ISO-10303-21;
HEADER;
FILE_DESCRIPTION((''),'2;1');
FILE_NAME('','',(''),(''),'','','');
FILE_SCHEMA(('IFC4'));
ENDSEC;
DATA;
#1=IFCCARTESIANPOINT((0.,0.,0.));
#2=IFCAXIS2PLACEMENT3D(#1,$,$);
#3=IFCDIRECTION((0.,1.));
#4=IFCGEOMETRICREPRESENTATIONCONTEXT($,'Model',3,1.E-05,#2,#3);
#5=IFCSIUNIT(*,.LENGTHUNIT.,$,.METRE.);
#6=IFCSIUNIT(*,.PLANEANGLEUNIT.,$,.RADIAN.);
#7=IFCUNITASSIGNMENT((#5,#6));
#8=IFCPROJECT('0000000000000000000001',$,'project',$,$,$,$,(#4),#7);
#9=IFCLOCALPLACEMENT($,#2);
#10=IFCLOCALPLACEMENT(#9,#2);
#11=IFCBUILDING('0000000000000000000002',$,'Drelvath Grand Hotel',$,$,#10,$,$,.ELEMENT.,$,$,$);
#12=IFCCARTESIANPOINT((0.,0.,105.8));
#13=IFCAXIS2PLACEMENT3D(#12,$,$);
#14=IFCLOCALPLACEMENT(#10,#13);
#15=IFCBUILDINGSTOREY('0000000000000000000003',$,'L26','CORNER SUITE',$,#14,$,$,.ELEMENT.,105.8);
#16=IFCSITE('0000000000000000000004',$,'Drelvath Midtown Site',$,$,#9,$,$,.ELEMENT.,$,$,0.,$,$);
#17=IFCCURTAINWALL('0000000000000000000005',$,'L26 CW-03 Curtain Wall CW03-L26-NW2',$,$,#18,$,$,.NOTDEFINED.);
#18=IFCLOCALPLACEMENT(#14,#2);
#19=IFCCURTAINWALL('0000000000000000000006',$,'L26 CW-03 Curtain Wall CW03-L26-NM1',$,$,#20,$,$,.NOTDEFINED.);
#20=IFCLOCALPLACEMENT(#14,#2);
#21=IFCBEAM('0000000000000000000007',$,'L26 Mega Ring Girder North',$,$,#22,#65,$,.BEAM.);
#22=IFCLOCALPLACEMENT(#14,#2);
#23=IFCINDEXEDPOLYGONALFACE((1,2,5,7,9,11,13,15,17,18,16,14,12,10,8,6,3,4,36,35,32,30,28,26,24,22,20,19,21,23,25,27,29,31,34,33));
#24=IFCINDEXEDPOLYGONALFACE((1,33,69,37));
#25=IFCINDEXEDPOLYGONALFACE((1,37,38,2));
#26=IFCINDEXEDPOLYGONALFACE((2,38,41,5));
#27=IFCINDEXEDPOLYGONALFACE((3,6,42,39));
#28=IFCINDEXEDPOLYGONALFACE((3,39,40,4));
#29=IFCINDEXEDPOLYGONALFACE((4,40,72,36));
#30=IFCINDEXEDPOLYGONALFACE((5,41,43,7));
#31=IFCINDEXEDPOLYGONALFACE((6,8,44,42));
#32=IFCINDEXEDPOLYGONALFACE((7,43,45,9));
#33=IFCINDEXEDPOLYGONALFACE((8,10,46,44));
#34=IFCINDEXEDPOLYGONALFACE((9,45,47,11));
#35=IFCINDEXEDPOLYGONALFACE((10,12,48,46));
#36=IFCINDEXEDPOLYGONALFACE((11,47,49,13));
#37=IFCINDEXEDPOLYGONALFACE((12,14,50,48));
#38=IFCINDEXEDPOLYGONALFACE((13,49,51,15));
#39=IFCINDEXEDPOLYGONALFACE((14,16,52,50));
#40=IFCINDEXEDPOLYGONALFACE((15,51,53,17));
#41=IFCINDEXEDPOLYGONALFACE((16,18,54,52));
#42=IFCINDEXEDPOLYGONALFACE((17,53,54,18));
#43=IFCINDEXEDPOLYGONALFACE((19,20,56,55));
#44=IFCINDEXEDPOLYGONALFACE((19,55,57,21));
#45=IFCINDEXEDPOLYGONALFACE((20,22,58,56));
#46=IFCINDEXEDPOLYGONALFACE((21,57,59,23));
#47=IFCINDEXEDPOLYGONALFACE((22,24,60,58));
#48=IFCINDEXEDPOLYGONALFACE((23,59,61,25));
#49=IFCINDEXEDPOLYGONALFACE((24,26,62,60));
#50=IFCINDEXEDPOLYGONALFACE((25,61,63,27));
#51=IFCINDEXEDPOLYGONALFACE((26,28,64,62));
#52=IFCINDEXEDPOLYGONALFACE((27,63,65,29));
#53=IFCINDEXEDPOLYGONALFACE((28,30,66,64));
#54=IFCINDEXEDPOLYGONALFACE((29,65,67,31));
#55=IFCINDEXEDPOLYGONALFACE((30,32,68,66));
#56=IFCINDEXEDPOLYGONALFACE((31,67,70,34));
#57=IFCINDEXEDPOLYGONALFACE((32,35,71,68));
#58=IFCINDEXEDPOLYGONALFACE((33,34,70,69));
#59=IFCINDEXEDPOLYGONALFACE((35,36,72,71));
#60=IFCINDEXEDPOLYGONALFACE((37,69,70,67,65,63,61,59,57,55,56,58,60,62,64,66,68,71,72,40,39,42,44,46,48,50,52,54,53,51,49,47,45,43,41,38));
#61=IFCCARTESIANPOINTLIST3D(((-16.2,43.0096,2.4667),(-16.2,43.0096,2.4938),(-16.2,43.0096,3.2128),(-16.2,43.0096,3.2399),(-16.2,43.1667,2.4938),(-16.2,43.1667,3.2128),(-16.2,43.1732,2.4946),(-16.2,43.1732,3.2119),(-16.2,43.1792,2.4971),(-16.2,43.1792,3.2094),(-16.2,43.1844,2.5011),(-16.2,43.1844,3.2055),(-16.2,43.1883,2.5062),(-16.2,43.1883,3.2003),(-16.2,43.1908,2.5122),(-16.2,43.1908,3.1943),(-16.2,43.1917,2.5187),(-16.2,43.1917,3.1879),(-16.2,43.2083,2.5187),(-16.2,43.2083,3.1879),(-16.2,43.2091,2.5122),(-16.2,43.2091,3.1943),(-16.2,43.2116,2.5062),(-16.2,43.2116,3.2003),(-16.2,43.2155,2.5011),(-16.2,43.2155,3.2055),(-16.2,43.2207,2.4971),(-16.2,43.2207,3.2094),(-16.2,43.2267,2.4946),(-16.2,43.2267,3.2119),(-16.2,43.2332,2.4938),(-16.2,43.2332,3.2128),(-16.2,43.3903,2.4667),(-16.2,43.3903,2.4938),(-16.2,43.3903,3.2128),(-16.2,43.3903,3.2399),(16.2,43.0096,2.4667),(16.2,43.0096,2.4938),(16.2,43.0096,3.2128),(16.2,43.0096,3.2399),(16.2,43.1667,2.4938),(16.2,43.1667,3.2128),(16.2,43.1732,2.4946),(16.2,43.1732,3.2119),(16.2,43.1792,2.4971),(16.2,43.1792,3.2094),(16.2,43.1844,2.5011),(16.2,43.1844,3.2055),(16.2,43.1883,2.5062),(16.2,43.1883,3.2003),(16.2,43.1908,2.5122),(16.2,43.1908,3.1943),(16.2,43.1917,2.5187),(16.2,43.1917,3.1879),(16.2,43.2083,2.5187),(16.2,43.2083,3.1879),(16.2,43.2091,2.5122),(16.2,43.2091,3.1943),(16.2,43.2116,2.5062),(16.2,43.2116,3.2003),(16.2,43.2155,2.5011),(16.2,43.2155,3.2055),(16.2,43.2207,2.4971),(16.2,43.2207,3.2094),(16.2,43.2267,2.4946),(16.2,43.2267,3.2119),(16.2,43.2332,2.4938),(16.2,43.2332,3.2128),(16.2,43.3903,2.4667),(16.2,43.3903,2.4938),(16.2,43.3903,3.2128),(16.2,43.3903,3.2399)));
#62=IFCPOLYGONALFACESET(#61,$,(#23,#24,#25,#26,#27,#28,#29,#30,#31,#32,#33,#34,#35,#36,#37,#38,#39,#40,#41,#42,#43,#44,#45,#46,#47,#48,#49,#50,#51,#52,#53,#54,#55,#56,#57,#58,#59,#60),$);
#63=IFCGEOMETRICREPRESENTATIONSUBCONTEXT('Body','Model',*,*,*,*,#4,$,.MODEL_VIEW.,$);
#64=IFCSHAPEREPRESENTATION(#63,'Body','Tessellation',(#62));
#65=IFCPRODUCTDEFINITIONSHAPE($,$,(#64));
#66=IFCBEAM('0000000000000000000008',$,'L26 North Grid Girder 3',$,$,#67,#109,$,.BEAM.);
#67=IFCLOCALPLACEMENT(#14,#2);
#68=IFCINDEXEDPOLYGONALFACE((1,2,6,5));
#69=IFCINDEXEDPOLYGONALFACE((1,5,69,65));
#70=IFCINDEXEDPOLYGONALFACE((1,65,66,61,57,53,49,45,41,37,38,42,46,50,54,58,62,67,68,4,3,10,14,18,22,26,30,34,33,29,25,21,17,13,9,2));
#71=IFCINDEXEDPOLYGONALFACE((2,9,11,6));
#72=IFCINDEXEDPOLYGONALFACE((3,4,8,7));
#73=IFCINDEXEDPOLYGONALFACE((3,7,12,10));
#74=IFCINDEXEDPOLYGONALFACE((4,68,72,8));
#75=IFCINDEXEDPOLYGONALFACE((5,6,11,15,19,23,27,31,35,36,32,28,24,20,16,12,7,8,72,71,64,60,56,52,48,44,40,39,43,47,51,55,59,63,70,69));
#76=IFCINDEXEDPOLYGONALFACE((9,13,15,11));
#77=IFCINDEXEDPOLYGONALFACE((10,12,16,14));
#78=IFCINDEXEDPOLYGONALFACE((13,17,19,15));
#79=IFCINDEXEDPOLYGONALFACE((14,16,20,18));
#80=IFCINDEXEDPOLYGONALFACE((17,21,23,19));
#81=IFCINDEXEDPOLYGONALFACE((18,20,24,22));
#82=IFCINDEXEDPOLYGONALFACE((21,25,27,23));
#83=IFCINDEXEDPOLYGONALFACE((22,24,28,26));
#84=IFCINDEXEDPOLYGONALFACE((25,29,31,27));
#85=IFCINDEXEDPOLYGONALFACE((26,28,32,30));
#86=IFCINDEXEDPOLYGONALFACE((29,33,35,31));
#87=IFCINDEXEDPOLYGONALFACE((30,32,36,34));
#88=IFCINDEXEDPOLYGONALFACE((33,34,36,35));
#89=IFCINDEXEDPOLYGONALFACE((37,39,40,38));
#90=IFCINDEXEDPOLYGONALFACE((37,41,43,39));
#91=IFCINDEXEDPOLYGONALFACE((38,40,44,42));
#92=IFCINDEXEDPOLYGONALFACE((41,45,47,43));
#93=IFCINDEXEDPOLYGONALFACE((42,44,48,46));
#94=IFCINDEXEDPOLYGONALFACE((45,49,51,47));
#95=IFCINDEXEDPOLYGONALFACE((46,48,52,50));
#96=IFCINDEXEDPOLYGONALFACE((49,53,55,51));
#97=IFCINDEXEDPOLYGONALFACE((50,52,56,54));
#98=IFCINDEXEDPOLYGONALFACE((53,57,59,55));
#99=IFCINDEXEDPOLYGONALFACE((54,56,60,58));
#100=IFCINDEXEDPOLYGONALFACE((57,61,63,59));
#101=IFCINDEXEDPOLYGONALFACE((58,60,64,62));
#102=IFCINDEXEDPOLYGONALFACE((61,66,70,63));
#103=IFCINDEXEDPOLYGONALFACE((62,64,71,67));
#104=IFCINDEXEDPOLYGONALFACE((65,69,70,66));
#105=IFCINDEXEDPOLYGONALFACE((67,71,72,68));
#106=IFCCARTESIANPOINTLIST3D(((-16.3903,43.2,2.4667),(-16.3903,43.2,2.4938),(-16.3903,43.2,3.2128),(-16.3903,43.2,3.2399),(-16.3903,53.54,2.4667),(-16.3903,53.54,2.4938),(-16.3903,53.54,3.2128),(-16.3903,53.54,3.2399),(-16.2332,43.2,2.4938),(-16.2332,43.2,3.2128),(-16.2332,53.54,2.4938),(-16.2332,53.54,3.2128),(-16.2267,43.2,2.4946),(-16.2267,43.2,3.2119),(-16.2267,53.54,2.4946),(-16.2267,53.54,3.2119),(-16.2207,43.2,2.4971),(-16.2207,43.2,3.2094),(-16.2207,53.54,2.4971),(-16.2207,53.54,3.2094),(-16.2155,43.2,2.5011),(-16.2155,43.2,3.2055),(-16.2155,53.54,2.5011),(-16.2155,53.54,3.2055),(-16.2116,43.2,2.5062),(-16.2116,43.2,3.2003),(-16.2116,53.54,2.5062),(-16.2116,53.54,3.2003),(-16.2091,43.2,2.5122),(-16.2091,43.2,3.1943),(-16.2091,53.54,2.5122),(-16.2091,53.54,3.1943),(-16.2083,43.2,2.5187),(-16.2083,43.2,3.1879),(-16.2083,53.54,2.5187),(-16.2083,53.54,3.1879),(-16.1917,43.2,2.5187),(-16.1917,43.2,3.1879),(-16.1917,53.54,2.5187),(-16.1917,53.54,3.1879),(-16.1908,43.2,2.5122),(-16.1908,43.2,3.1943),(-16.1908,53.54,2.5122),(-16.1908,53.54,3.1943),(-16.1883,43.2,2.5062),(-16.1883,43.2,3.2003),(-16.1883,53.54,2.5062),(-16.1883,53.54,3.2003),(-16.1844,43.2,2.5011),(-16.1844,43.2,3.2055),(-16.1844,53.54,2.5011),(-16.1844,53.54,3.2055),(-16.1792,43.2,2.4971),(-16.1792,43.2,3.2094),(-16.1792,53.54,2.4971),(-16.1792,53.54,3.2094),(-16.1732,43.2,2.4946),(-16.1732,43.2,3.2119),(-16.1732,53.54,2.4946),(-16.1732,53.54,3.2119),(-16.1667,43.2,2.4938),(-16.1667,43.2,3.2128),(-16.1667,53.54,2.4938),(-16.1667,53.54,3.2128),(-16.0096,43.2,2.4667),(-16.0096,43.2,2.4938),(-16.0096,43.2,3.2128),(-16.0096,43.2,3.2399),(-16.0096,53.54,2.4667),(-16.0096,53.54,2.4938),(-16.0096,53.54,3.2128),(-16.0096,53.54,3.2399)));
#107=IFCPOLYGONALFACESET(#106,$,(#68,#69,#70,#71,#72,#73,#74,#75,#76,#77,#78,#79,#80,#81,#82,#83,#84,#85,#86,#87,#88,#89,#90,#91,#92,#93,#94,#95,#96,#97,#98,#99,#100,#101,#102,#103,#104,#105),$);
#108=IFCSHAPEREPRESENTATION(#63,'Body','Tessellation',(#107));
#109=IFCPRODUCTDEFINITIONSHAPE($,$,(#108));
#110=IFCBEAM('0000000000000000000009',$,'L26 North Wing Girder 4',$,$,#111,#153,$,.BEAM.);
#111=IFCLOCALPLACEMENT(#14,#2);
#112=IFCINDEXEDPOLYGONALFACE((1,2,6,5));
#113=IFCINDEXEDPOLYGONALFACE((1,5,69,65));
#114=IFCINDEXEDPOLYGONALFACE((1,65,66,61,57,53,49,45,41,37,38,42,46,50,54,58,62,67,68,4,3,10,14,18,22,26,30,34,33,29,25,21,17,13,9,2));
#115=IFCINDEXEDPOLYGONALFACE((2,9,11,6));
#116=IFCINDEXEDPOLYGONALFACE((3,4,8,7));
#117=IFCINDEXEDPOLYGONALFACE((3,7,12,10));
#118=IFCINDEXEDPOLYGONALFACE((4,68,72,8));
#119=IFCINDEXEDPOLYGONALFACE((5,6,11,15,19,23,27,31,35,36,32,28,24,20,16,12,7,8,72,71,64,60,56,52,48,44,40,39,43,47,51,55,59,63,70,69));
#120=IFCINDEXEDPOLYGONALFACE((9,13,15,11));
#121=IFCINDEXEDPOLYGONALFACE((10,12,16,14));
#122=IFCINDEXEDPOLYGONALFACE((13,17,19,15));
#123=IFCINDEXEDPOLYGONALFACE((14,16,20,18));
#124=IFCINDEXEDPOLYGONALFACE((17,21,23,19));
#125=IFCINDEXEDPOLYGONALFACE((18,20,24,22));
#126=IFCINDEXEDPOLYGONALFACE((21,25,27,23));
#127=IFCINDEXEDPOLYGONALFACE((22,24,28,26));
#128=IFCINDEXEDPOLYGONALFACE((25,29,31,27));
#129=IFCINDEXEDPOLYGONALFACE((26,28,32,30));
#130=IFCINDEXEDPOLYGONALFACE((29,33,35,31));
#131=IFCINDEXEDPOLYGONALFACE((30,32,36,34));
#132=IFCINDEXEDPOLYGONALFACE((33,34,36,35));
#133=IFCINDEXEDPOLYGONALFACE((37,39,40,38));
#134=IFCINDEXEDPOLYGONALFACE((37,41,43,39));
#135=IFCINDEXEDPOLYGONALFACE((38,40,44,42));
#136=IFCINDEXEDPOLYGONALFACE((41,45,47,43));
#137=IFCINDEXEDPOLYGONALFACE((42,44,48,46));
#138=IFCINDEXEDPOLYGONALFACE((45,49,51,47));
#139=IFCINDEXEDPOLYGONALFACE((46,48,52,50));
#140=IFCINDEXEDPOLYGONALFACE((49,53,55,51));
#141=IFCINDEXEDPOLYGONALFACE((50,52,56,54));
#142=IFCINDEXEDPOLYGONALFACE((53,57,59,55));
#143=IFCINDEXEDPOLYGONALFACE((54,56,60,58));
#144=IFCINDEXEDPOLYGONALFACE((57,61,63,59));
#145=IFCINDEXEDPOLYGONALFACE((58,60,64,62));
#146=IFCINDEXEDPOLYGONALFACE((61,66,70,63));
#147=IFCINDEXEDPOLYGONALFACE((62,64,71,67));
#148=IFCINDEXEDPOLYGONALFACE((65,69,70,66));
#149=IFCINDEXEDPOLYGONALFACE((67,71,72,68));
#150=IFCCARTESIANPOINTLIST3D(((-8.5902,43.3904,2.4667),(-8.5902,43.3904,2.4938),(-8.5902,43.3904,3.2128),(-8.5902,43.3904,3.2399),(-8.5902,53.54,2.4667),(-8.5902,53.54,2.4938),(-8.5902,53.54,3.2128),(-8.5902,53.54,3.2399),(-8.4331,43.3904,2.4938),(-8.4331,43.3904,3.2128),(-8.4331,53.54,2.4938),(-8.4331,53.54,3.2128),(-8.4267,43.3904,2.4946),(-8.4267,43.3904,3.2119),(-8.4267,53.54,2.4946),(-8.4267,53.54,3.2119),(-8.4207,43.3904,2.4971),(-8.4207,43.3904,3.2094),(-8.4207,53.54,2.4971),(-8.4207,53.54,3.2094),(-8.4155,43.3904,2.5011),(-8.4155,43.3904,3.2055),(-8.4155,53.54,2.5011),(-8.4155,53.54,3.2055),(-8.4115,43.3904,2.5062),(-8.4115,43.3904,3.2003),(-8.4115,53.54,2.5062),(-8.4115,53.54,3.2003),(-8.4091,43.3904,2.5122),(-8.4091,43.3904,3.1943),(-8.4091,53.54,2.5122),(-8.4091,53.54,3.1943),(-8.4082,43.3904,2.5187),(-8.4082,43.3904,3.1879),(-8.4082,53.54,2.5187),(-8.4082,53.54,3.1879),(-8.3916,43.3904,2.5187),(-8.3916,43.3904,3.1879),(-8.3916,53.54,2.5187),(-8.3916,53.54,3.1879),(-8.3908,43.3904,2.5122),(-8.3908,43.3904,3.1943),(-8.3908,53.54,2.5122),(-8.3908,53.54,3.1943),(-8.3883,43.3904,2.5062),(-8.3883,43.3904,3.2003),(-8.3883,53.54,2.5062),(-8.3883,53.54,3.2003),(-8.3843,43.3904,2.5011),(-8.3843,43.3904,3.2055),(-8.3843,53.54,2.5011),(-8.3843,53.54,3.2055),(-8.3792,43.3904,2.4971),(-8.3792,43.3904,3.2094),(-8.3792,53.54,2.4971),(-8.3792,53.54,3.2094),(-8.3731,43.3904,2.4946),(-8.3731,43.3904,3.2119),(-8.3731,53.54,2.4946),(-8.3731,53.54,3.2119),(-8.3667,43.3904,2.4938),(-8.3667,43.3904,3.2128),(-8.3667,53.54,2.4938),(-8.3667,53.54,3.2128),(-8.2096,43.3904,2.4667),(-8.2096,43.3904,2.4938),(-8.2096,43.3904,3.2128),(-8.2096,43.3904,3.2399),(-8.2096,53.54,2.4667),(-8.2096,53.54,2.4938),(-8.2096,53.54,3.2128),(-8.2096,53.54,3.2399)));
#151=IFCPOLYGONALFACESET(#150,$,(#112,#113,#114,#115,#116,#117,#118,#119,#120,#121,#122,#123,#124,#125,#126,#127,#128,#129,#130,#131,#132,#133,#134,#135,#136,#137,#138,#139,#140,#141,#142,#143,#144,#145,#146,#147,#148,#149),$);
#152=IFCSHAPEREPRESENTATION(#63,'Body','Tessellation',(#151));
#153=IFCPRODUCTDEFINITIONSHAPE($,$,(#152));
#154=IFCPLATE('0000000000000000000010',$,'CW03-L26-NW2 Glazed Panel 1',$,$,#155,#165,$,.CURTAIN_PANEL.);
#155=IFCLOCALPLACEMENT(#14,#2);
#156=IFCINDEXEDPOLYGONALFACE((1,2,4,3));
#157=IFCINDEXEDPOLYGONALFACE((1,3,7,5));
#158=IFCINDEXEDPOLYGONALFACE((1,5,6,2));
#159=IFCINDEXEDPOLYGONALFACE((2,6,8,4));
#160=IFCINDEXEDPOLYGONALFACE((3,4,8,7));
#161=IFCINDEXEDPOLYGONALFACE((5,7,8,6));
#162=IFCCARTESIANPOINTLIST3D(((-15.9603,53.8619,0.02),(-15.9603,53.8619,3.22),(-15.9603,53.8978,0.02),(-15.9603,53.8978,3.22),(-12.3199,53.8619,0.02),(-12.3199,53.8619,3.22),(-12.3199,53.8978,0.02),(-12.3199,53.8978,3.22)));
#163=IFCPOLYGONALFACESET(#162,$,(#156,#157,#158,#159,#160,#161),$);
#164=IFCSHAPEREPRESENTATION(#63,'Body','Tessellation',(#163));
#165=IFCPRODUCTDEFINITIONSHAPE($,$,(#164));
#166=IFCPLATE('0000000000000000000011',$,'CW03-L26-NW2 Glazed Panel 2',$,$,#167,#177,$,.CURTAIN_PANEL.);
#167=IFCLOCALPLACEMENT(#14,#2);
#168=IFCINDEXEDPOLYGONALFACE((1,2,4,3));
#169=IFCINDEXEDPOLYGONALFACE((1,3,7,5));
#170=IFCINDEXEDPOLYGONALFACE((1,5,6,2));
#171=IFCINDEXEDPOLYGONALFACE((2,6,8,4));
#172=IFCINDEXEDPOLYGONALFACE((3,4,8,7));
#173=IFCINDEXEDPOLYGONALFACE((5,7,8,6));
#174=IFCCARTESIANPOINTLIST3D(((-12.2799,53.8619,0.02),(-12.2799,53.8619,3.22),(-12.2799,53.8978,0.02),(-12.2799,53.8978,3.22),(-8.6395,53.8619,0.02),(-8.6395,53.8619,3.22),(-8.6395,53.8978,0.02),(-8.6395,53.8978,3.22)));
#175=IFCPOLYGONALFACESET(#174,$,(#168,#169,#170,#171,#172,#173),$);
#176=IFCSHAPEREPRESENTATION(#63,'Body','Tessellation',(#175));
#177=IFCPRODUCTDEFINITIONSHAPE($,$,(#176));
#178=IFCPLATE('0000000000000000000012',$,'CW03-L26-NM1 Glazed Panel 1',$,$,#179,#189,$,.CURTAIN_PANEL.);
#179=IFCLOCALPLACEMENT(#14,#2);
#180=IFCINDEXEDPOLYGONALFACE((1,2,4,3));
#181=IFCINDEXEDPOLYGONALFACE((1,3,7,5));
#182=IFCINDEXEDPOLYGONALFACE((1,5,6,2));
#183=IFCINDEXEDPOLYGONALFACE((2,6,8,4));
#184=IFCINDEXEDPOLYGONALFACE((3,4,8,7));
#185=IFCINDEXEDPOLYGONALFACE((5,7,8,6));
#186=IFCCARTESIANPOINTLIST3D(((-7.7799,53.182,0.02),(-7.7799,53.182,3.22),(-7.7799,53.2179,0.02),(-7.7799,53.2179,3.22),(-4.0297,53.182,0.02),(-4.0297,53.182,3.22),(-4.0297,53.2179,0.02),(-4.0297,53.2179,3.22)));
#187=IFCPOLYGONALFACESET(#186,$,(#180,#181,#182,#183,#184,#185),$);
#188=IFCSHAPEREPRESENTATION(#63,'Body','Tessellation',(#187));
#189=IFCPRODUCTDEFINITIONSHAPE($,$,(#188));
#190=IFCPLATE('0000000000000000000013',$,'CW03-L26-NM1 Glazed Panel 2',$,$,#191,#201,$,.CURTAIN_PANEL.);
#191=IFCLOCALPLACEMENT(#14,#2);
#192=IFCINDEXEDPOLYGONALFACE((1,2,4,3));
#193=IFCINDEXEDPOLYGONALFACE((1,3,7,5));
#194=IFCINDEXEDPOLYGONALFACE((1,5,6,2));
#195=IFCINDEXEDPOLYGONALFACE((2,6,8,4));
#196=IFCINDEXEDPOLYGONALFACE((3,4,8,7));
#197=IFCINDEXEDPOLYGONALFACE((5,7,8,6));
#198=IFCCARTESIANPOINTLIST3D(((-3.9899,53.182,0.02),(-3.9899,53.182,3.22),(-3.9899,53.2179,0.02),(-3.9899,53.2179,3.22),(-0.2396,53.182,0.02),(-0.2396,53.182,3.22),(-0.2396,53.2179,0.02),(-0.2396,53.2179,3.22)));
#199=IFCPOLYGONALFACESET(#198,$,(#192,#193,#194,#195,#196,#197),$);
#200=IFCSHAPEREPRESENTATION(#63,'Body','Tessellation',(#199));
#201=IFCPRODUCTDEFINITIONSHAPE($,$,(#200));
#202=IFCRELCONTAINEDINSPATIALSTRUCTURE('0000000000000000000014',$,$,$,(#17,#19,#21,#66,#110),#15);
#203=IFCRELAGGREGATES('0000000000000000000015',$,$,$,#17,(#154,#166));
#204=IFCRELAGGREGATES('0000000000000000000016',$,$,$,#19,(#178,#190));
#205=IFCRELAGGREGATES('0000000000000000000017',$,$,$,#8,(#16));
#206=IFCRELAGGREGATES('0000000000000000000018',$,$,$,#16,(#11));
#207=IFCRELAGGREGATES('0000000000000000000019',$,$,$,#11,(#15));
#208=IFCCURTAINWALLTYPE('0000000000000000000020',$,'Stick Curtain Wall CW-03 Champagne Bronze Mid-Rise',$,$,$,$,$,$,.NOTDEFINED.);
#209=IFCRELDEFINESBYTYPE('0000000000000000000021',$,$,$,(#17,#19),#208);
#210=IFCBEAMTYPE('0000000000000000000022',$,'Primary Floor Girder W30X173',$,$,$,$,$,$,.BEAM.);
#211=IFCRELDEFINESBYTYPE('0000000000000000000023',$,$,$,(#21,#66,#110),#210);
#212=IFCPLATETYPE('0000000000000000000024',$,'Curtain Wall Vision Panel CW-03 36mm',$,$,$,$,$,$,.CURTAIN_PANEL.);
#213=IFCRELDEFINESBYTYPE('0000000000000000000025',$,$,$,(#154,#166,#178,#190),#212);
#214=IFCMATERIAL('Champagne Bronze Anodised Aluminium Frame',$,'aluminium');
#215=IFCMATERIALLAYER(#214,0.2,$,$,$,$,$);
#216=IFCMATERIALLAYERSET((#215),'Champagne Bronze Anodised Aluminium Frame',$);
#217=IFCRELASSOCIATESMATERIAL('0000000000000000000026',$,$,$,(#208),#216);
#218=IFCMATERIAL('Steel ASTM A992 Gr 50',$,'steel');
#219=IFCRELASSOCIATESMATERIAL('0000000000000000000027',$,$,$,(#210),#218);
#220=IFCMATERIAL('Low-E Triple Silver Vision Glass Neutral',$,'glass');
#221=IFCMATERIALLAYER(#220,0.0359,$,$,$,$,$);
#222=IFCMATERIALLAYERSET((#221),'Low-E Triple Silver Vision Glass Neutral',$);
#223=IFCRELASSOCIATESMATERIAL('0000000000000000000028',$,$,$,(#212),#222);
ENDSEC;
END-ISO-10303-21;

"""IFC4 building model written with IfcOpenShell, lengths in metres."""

from ifc_helpers import new_model, si_unit, direction, frame, origin, origin_2d, place, context, subcontext, project, spatial, rectangle, i_section, extrude, material, layer, layer_set, material_profile, profile_set, type_object, element, aggregate, save


model = new_model("IFC4")

# Units and contexts
model_context = context("Model", 3, precision=1e-05, world=origin(), true_north=direction((0.0, 1.0)))
body_context = subcontext(model_context, "Body", "Model", "MODEL_VIEW")
ifc_project = project(units=[si_unit("LENGTHUNIT", "METRE"), si_unit("PLANEANGLEUNIT", "RADIAN")], contexts=[model_context])

# Site, building, storey
site_placement = place(None, origin())
site = spatial("IfcSite", under=ifc_project, at=site_placement, Name="Drelvath Midtown Site", CompositionType="ELEMENT", RefElevation=0.0)
building_placement = place(site_placement, origin())
building = spatial("IfcBuilding", under=site, at=building_placement, Name="Drelvath Grand Hotel", CompositionType="ELEMENT")
storey_placement = place(building_placement, frame((0.0, 0.0, 105.8)))
storey = spatial("IfcBuildingStorey", under=building, at=storey_placement, Name="L26", Description="CORNER SUITE", CompositionType="ELEMENT", Elevation=105.8)

# Curtain walls
ifc_material_1 = material(Name="Champagne Bronze Anodised Aluminium Frame", Category="aluminium")
ifc_layer_1 = layer(ifc_material_1, 0.2)
ifc_layer_set_1 = layer_set([ifc_layer_1], Name="Champagne Bronze Anodised Aluminium Frame")
curtain_wall_type = type_object("IfcCurtainWallType", Name="Stick Curtain Wall CW-03 Champagne Bronze Mid-Rise", PredefinedType="NOTDEFINED", material=ifc_layer_set_1)
curtain_wall_1_placement = place(storey_placement, origin())
curtain_wall_1 = element("IfcCurtainWall", 1, at=curtain_wall_1_placement, inside=storey, type_object=curtain_wall_type, Name="L26 CW-03 Curtain Wall CW03-L26-NW2", PredefinedType="NOTDEFINED")
curtain_wall_2_placement = place(storey_placement, origin())
curtain_wall_2 = element("IfcCurtainWall", 2, at=curtain_wall_2_placement, inside=storey, type_object=curtain_wall_type, Name="L26 CW-03 Curtain Wall CW03-L26-NM1", PredefinedType="NOTDEFINED")

# Beams
ifc_material_2 = material(Name="Steel ASTM A992 Gr 50", Category="steel")
ifc_material_profile_1 = material_profile(ifc_material_2, i_section(OverallWidth=0.3806, OverallDepth=0.7732, WebThickness=0.0166, FlangeThickness=0.0271, FilletRadius=0.0249, at=origin_2d()), Name="W30X173")
ifc_profile_set_1 = profile_set([ifc_material_profile_1], Name="Steel ASTM A992 Gr 50")
beam_type_1 = type_object("IfcBeamType", Name="Primary Floor Girder W30X173", PredefinedType="BEAM", material=ifc_profile_set_1)
beam_1_placement = place(storey_placement, frame((-16.2, 43.2, 2.8533), z_axis=(1.0, 0.0, 0.0), x_axis=(0.0, 1.0, 0.0)))
element("IfcBeam", 3, at=beam_1_placement, inside=storey, type_object=beam_type_1, Name="L26 Mega Ring Girder North", PredefinedType="BEAM", context=body_context, shape_type="SweptSolid", body=[
    extrude(i_section(OverallWidth=0.3806, OverallDepth=0.7732, WebThickness=0.0166, FlangeThickness=0.0271, FilletRadius=0.0249, at=origin_2d()), origin(), (0.0, 0.0, 1.0), 32.3999),
])
beam_2_placement = place(storey_placement, frame((-16.2, 43.2, 2.8533), z_axis=(0.0, 1.0, 0.0), x_axis=(-1.0, 0.0, 0.0)))
element("IfcBeam", 4, at=beam_2_placement, inside=storey, type_object=beam_type_1, Name="L26 North Grid Girder 3", PredefinedType="BEAM", context=body_context, shape_type="SweptSolid", body=[
    extrude(i_section(OverallWidth=0.3806, OverallDepth=0.7732, WebThickness=0.0166, FlangeThickness=0.0271, FilletRadius=0.0249, at=origin_2d()), origin(), (0.0, 0.0, 1.0), 10.3401),
])
beam_3_placement = place(storey_placement, frame((-8.3999, 43.3904, 2.8533), z_axis=(0.0, 1.0, 0.0), x_axis=(-1.0, 0.0, 0.0)))
element("IfcBeam", 5, at=beam_3_placement, inside=storey, type_object=beam_type_1, Name="L26 North Wing Girder 4", PredefinedType="BEAM", context=body_context, shape_type="SweptSolid", body=[
    extrude(i_section(OverallWidth=0.3806, OverallDepth=0.7732, WebThickness=0.0166, FlangeThickness=0.0271, FilletRadius=0.0249, at=origin_2d()), origin(), (0.0, 0.0, 1.0), 10.1497),
])

# Plates
ifc_material_3 = material(Name="Low-E Triple Silver Vision Glass Neutral", Category="glass")
ifc_layer_2 = layer(ifc_material_3, 0.0359)
ifc_layer_set_2 = layer_set([ifc_layer_2], Name="Low-E Triple Silver Vision Glass Neutral")
plate_type = type_object("IfcPlateType", Name="Curtain Wall Vision Panel CW-03 36mm", PredefinedType="CURTAIN_PANEL", material=ifc_layer_set_2)
plate_1_placement = place(storey_placement, frame((-14.1401, 53.8799, 0.02), z_axis=(0.0, 0.0, 1.0), x_axis=(1.0, 0.0, 0.0)))
plate_1 = element("IfcPlate", 6, at=plate_1_placement, type_object=plate_type, Name="CW03-L26-NW2 Glazed Panel 1", PredefinedType="CURTAIN_PANEL", context=body_context, shape_type="SweptSolid", body=[
    extrude(rectangle(XDim=3.6404, YDim=0.0359, at=origin_2d()), origin(), (0.0, 0.0, 1.0), 3.2),
])
plate_2_placement = place(storey_placement, frame((-10.4597, 53.8799, 0.02), z_axis=(0.0, 0.0, 1.0), x_axis=(1.0, 0.0, 0.0)))
plate_2 = element("IfcPlate", 7, at=plate_2_placement, type_object=plate_type, Name="CW03-L26-NW2 Glazed Panel 2", PredefinedType="CURTAIN_PANEL", context=body_context, shape_type="SweptSolid", body=[
    extrude(rectangle(XDim=3.6404, YDim=0.0359, at=origin_2d()), origin(), (0.0, 0.0, 1.0), 3.2),
])
aggregate(curtain_wall_1, [plate_1, plate_2])
plate_3_placement = place(storey_placement, frame((-5.9048, 53.2, 0.02), z_axis=(0.0, 0.0, 1.0), x_axis=(1.0, 0.0, 0.0)))
plate_3 = element("IfcPlate", 8, at=plate_3_placement, type_object=plate_type, Name="CW03-L26-NM1 Glazed Panel 1", PredefinedType="CURTAIN_PANEL", context=body_context, shape_type="SweptSolid", body=[
    extrude(rectangle(XDim=3.7502, YDim=0.0359, at=origin_2d()), origin(), (0.0, 0.0, 1.0), 3.2),
])
plate_4_placement = place(storey_placement, frame((-2.1147, 53.2, 0.02), z_axis=(0.0, 0.0, 1.0), x_axis=(1.0, 0.0, 0.0)))
plate_4 = element("IfcPlate", 9, at=plate_4_placement, type_object=plate_type, Name="CW03-L26-NM1 Glazed Panel 2", PredefinedType="CURTAIN_PANEL", context=body_context, shape_type="SweptSolid", body=[
    extrude(rectangle(XDim=3.7502, YDim=0.0359, at=origin_2d()), origin(), (0.0, 0.0, 1.0), 3.2),
])
aggregate(curtain_wall_2, [plate_3, plate_4])

save(model, "model.ifc")
